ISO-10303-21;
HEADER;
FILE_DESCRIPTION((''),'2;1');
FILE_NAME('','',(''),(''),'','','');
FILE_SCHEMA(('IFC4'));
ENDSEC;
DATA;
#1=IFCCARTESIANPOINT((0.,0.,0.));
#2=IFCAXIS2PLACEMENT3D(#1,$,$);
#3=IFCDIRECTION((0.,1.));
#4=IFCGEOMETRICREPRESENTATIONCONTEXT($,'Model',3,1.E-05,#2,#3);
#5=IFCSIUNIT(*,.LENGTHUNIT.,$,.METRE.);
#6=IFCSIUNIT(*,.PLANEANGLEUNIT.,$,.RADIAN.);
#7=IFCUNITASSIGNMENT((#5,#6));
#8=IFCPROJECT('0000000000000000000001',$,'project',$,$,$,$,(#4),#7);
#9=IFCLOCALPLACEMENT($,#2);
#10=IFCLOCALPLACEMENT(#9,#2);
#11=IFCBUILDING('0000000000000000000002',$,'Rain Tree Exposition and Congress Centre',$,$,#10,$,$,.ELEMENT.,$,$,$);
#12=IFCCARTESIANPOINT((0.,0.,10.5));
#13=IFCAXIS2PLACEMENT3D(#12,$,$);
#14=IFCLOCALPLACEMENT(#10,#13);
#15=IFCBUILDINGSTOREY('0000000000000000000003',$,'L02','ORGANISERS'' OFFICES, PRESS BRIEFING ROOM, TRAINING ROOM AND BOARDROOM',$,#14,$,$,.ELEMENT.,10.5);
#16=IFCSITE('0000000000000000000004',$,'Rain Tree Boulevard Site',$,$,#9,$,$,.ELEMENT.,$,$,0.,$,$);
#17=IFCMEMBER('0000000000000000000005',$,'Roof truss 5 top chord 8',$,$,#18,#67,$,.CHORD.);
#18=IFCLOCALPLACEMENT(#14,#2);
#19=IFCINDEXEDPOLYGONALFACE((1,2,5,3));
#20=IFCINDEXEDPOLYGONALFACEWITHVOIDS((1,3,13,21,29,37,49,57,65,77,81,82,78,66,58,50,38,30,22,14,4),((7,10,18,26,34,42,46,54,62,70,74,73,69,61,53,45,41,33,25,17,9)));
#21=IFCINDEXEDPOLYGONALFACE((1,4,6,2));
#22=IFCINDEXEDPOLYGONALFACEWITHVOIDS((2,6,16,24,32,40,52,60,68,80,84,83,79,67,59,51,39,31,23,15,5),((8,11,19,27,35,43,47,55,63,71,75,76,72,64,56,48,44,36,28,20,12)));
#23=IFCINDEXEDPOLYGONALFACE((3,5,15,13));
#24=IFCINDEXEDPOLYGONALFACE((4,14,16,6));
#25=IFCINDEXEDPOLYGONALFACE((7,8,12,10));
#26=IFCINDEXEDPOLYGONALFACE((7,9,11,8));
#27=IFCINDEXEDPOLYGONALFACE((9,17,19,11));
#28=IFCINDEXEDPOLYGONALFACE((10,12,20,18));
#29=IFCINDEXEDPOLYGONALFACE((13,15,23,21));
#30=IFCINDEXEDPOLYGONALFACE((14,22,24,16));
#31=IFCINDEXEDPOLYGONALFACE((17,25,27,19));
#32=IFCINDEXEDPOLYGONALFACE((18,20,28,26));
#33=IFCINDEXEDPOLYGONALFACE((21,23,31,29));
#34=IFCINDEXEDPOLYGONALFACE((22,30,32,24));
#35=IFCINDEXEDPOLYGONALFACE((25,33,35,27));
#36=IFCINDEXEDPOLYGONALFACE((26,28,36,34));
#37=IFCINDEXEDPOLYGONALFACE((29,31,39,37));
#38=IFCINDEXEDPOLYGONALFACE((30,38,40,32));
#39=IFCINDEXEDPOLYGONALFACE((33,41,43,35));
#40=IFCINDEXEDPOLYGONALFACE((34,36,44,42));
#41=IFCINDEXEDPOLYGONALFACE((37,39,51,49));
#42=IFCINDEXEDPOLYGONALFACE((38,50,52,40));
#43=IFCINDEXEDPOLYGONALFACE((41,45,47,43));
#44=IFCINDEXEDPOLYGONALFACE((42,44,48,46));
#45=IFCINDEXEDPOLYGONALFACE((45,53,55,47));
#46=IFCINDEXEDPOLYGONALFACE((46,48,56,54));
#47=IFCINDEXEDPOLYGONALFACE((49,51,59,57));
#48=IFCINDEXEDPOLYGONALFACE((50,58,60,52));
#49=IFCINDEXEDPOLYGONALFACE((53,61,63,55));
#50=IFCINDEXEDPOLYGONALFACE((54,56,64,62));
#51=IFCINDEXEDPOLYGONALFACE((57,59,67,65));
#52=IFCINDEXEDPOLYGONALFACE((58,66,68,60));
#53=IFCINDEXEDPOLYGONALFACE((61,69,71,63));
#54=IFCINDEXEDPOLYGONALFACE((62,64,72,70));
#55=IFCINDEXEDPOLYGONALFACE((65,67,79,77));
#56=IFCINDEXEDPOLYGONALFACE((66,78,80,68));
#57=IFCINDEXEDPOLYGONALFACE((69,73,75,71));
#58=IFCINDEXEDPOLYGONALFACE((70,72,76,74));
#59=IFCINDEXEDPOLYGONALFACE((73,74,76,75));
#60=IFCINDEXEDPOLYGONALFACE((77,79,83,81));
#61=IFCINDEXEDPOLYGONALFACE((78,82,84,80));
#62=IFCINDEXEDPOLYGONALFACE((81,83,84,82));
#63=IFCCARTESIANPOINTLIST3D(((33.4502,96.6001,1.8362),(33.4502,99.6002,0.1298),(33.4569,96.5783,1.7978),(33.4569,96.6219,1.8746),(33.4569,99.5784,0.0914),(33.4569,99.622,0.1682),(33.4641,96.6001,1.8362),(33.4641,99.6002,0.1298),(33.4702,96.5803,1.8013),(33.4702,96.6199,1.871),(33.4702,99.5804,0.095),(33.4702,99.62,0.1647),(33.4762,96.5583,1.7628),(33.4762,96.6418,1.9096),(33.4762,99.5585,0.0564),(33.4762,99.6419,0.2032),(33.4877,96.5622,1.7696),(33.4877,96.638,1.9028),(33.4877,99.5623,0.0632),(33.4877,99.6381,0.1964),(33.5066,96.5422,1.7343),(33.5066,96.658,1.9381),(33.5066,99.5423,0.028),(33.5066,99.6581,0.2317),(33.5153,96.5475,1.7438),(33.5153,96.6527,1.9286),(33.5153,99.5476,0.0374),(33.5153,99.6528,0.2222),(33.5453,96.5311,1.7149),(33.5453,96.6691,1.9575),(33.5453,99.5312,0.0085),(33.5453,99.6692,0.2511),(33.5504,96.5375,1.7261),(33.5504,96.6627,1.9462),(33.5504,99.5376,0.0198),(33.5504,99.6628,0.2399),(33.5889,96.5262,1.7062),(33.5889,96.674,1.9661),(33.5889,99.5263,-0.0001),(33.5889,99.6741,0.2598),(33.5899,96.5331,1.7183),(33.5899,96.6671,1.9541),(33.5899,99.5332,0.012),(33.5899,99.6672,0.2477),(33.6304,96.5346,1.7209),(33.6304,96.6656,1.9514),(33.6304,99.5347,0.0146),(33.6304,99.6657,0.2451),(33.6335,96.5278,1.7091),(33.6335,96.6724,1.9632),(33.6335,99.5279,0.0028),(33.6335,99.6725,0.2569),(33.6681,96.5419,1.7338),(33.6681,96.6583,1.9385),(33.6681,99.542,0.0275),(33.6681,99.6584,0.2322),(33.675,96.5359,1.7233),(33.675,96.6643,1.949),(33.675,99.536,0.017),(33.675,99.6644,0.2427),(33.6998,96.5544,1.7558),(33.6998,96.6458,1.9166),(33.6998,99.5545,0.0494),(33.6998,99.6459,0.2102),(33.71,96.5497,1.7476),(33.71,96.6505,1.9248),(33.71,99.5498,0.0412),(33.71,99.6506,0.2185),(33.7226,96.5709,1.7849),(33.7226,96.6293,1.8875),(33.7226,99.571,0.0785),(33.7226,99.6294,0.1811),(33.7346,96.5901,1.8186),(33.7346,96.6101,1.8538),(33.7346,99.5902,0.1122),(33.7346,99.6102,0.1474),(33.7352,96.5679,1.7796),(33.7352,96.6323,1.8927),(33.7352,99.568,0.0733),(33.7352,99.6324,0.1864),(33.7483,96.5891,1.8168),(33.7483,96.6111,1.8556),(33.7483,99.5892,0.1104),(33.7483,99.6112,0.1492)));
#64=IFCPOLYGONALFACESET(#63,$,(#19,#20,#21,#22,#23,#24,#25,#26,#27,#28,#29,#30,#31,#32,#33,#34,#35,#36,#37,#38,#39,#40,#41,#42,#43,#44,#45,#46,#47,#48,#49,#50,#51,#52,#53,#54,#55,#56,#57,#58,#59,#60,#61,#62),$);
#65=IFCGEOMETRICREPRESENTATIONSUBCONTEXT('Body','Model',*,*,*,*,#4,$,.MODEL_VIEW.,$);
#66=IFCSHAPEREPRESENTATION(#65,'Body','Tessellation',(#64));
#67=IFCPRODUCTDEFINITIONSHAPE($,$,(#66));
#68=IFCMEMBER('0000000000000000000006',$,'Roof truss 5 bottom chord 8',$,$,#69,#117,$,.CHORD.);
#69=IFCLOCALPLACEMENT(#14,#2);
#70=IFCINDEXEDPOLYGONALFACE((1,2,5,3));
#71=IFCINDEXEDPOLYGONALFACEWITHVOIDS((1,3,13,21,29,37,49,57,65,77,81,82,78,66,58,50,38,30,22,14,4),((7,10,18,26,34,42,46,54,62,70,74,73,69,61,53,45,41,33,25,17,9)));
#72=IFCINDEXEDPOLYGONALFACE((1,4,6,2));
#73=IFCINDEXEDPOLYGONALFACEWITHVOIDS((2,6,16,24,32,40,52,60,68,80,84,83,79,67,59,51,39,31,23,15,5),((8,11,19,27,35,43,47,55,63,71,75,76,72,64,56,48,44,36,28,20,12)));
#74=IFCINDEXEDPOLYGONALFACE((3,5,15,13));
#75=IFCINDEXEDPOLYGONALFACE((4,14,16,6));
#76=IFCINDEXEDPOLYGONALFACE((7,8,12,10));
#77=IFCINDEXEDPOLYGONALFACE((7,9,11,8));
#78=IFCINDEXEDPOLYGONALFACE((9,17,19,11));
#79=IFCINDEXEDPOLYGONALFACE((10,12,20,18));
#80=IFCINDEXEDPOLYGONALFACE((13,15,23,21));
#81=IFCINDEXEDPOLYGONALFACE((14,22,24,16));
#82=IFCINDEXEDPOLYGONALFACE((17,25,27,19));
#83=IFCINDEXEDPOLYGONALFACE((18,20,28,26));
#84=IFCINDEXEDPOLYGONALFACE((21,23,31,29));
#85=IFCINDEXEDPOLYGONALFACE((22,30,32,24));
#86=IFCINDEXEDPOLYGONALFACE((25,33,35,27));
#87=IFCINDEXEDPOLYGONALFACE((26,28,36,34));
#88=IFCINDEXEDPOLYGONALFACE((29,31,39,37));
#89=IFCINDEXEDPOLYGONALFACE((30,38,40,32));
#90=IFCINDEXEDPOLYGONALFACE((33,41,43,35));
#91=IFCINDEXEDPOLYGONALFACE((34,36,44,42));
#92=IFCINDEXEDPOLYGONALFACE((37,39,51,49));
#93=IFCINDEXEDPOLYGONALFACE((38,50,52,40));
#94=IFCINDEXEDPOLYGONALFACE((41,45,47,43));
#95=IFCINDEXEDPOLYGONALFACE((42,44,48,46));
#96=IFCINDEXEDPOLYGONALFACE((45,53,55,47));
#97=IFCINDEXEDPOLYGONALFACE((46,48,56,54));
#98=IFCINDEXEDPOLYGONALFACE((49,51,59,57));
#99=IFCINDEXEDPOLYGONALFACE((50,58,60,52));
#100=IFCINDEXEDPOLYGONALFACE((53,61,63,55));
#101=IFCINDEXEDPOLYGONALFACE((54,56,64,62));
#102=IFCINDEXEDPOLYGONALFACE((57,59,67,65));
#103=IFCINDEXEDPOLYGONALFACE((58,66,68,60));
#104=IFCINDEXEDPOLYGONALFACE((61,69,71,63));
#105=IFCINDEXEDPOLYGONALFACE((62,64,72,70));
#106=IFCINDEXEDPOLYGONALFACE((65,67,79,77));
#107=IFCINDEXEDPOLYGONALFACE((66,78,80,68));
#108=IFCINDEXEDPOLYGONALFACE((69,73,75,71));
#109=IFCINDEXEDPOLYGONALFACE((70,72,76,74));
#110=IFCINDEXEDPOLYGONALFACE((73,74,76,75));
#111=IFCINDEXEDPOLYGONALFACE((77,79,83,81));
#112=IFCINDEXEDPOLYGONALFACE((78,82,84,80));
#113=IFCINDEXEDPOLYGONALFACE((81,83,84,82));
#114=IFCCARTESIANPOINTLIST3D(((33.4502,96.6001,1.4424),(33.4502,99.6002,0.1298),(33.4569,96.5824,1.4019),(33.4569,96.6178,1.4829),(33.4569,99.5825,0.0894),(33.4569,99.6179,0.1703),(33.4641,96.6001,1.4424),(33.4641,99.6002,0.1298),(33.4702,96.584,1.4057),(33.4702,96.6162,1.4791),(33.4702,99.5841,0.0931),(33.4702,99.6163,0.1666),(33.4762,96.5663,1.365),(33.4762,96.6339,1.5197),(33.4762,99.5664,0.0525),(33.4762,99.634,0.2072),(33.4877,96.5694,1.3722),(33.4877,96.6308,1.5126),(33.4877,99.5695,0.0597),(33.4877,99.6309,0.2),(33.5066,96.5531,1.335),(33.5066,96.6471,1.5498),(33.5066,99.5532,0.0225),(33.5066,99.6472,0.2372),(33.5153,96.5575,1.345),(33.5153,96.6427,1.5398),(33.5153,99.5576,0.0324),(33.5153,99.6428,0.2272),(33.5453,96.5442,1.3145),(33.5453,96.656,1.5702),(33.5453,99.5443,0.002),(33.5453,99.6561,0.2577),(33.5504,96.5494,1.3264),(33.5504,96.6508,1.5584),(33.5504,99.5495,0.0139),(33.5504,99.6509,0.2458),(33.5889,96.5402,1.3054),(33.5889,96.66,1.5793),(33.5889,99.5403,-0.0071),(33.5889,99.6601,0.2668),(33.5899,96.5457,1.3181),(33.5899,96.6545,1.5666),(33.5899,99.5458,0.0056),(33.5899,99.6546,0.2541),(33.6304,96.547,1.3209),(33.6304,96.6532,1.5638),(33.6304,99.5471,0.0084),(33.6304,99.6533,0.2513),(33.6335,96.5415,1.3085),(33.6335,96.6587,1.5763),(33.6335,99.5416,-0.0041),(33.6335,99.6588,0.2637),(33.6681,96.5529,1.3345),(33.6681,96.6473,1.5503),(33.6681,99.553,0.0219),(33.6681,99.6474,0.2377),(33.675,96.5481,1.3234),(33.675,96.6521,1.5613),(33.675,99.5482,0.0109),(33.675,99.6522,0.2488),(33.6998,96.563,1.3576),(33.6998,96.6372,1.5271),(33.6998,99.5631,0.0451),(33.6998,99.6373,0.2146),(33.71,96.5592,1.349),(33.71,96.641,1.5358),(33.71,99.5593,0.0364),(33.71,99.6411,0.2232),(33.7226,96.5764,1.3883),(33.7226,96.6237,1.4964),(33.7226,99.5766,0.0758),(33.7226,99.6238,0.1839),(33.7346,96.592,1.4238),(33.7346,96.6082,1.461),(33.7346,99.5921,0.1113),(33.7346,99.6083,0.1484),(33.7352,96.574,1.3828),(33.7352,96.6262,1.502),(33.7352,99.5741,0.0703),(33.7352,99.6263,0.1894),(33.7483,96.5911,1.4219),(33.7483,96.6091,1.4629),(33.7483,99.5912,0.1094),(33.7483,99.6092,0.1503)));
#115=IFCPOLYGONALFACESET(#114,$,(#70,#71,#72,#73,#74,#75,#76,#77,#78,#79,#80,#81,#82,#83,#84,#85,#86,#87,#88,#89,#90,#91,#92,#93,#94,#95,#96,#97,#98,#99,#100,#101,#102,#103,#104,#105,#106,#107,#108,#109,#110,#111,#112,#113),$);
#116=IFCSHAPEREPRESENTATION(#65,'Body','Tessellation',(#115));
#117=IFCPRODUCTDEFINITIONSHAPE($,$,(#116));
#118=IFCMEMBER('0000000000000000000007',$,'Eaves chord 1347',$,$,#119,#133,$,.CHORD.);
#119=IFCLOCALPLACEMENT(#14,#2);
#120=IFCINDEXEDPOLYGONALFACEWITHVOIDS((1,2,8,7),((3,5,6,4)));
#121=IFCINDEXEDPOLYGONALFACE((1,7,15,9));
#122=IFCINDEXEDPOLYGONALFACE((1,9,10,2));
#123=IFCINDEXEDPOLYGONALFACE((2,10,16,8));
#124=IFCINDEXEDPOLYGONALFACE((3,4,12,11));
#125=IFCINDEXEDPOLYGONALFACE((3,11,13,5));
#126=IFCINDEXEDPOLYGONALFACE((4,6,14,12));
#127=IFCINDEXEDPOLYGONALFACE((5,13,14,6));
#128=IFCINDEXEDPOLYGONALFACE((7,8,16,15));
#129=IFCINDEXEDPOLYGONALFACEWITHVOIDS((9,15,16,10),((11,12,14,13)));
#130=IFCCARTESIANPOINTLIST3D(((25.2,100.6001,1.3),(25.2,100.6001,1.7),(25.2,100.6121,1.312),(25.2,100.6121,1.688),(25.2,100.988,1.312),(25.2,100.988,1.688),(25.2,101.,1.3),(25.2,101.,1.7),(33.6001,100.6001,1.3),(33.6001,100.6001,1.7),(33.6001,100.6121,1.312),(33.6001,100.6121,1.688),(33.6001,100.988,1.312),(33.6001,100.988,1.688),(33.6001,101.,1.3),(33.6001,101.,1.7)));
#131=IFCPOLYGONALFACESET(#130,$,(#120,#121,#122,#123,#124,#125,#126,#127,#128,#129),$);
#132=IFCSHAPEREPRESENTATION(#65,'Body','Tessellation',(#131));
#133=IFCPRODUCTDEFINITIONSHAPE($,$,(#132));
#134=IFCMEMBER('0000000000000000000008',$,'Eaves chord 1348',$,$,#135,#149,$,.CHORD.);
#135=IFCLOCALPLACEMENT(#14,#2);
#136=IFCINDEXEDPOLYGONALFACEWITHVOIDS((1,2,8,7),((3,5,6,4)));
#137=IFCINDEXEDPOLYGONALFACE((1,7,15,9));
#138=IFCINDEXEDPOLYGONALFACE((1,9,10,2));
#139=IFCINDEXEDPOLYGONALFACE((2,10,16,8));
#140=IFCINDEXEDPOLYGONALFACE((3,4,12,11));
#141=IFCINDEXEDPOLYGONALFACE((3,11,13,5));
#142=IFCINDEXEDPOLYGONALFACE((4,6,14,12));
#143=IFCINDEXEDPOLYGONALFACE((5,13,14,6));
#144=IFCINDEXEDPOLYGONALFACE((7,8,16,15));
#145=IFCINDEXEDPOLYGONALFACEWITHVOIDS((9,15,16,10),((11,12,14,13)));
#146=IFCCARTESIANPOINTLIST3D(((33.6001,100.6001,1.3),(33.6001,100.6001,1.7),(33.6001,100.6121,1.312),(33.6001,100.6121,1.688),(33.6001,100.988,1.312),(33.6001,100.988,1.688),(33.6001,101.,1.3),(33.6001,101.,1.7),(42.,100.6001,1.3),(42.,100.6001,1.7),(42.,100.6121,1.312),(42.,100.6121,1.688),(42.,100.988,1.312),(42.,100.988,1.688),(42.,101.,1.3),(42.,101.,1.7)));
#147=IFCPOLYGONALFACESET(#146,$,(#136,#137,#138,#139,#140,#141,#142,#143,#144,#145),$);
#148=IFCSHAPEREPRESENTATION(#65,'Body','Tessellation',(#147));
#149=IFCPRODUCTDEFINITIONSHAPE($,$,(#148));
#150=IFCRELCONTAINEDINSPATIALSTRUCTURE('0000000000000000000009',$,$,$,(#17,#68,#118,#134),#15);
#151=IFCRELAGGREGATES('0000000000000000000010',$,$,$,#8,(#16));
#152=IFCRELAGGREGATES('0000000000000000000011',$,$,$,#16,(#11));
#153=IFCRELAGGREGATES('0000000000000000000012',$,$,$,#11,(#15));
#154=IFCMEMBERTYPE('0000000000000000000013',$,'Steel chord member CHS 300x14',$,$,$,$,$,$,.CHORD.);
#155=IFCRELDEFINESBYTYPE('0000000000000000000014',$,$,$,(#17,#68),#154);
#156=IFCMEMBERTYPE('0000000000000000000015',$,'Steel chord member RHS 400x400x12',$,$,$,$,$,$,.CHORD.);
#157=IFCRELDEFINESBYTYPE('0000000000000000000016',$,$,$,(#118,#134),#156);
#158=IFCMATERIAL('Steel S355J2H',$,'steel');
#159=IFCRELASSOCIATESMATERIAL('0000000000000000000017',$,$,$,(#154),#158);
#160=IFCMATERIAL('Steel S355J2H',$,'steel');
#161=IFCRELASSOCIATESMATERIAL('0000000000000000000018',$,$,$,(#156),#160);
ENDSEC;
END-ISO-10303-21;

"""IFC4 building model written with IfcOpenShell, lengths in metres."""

from ifc_helpers import new_model, si_unit, direction, frame, origin, origin_2d, place, context, subcontext, project, spatial, hollow_rectangle, hollow_circle, extrude, material, material_profile, profile_set, type_object, element, save


model = new_model("IFC4")

# Units and contexts
model_context = context("Model", 3, precision=1e-05, world=origin(), true_north=direction((0.0, 1.0)))
body_context = subcontext(model_context, "Body", "Model", "MODEL_VIEW")
ifc_project = project(units=[si_unit("LENGTHUNIT", "METRE"), si_unit("PLANEANGLEUNIT", "RADIAN")], contexts=[model_context])

# Site, building, storey
site_placement = place(None, origin())
site = spatial("IfcSite", under=ifc_project, at=site_placement, Name="Rain Tree Boulevard Site", CompositionType="ELEMENT", RefElevation=0.0)
building_placement = place(site_placement, origin())
building = spatial("IfcBuilding", under=site, at=building_placement, Name="Rain Tree Exposition and Congress Centre", CompositionType="ELEMENT")
storey_placement = place(building_placement, frame((0.0, 0.0, 10.5)))
storey = spatial("IfcBuildingStorey", under=building, at=storey_placement, Name="L02", Description="ORGANISERS' OFFICES, PRESS BRIEFING ROOM, TRAINING ROOM AND BOARDROOM", CompositionType="ELEMENT", Elevation=10.5)

# Members
ifc_material_1 = material(Name="Steel S355J2H", Category="steel")
ifc_material_profile_1 = material_profile(ifc_material_1, hollow_circle(Radius=0.1499, WallThickness=0.0139, at=origin_2d()), Name="CHS 300x14")
ifc_profile_set_1 = profile_set([ifc_material_profile_1], Name="Steel S355J2H")
member_type_1 = type_object("IfcMemberType", Name="Steel chord member CHS 300x14", PredefinedType="CHORD", material=ifc_profile_set_1)
member_1_placement = place(storey_placement, frame((33.6001, 96.6001, 1.8362), z_axis=(0.0, 0.869238, -0.494393), x_axis=(-1.0, 0.0, 0.0)))
element("IfcMember", 1, at=member_1_placement, inside=storey, type_object=member_type_1, Name="Roof truss 5 top chord 8", PredefinedType="CHORD", context=body_context, shape_type="SweptSolid", body=[
    extrude(hollow_circle(Radius=0.1499, WallThickness=0.0139, at=origin_2d()), origin(), (0.0, 0.0, 1.0), 3.4514),
])
member_2_placement = place(storey_placement, frame((33.6001, 96.6001, 1.4424), z_axis=(0.0, 0.916157, -0.400819), x_axis=(-1.0, 0.0, 0.0)))
element("IfcMember", 2, at=member_2_placement, inside=storey, type_object=member_type_1, Name="Roof truss 5 bottom chord 8", PredefinedType="CHORD", context=body_context, shape_type="SweptSolid", body=[
    extrude(hollow_circle(Radius=0.1499, WallThickness=0.0139, at=origin_2d()), origin(), (0.0, 0.0, 1.0), 3.2747),
])
ifc_material_2 = material(Name="Steel S355J2H", Category="steel")
ifc_material_profile_2 = material_profile(ifc_material_2, hollow_rectangle(XDim=0.3999, YDim=0.3999, WallThickness=0.012, at=origin_2d()), Name="RHS 400x400x12")
ifc_profile_set_2 = profile_set([ifc_material_profile_2], Name="Steel S355J2H")
member_type_2 = type_object("IfcMemberType", Name="Steel chord member RHS 400x400x12", PredefinedType="CHORD", material=ifc_profile_set_2)
member_3_placement = place(storey_placement, frame((25.2, 100.8, 1.5), z_axis=(1.0, 0.0, 0.0), x_axis=(0.0, 1.0, 0.0)))
element("IfcMember", 3, at=member_3_placement, inside=storey, type_object=member_type_2, Name="Eaves chord 1347", PredefinedType="CHORD", context=body_context, shape_type="SweptSolid", body=[
    extrude(hollow_rectangle(XDim=0.3999, YDim=0.3999, WallThickness=0.012, at=origin_2d()), origin(), (0.0, 0.0, 1.0), 8.4001),
])
member_4_placement = place(storey_placement, frame((33.6001, 100.8, 1.5), z_axis=(1.0, 0.0, 0.0), x_axis=(0.0, 1.0, 0.0)))
element("IfcMember", 4, at=member_4_placement, inside=storey, type_object=member_type_2, Name="Eaves chord 1348", PredefinedType="CHORD", context=body_context, shape_type="SweptSolid", body=[
    extrude(hollow_rectangle(XDim=0.3999, YDim=0.3999, WallThickness=0.012, at=origin_2d()), origin(), (0.0, 0.0, 1.0), 8.3999),
])

save(model, "model.ifc")
